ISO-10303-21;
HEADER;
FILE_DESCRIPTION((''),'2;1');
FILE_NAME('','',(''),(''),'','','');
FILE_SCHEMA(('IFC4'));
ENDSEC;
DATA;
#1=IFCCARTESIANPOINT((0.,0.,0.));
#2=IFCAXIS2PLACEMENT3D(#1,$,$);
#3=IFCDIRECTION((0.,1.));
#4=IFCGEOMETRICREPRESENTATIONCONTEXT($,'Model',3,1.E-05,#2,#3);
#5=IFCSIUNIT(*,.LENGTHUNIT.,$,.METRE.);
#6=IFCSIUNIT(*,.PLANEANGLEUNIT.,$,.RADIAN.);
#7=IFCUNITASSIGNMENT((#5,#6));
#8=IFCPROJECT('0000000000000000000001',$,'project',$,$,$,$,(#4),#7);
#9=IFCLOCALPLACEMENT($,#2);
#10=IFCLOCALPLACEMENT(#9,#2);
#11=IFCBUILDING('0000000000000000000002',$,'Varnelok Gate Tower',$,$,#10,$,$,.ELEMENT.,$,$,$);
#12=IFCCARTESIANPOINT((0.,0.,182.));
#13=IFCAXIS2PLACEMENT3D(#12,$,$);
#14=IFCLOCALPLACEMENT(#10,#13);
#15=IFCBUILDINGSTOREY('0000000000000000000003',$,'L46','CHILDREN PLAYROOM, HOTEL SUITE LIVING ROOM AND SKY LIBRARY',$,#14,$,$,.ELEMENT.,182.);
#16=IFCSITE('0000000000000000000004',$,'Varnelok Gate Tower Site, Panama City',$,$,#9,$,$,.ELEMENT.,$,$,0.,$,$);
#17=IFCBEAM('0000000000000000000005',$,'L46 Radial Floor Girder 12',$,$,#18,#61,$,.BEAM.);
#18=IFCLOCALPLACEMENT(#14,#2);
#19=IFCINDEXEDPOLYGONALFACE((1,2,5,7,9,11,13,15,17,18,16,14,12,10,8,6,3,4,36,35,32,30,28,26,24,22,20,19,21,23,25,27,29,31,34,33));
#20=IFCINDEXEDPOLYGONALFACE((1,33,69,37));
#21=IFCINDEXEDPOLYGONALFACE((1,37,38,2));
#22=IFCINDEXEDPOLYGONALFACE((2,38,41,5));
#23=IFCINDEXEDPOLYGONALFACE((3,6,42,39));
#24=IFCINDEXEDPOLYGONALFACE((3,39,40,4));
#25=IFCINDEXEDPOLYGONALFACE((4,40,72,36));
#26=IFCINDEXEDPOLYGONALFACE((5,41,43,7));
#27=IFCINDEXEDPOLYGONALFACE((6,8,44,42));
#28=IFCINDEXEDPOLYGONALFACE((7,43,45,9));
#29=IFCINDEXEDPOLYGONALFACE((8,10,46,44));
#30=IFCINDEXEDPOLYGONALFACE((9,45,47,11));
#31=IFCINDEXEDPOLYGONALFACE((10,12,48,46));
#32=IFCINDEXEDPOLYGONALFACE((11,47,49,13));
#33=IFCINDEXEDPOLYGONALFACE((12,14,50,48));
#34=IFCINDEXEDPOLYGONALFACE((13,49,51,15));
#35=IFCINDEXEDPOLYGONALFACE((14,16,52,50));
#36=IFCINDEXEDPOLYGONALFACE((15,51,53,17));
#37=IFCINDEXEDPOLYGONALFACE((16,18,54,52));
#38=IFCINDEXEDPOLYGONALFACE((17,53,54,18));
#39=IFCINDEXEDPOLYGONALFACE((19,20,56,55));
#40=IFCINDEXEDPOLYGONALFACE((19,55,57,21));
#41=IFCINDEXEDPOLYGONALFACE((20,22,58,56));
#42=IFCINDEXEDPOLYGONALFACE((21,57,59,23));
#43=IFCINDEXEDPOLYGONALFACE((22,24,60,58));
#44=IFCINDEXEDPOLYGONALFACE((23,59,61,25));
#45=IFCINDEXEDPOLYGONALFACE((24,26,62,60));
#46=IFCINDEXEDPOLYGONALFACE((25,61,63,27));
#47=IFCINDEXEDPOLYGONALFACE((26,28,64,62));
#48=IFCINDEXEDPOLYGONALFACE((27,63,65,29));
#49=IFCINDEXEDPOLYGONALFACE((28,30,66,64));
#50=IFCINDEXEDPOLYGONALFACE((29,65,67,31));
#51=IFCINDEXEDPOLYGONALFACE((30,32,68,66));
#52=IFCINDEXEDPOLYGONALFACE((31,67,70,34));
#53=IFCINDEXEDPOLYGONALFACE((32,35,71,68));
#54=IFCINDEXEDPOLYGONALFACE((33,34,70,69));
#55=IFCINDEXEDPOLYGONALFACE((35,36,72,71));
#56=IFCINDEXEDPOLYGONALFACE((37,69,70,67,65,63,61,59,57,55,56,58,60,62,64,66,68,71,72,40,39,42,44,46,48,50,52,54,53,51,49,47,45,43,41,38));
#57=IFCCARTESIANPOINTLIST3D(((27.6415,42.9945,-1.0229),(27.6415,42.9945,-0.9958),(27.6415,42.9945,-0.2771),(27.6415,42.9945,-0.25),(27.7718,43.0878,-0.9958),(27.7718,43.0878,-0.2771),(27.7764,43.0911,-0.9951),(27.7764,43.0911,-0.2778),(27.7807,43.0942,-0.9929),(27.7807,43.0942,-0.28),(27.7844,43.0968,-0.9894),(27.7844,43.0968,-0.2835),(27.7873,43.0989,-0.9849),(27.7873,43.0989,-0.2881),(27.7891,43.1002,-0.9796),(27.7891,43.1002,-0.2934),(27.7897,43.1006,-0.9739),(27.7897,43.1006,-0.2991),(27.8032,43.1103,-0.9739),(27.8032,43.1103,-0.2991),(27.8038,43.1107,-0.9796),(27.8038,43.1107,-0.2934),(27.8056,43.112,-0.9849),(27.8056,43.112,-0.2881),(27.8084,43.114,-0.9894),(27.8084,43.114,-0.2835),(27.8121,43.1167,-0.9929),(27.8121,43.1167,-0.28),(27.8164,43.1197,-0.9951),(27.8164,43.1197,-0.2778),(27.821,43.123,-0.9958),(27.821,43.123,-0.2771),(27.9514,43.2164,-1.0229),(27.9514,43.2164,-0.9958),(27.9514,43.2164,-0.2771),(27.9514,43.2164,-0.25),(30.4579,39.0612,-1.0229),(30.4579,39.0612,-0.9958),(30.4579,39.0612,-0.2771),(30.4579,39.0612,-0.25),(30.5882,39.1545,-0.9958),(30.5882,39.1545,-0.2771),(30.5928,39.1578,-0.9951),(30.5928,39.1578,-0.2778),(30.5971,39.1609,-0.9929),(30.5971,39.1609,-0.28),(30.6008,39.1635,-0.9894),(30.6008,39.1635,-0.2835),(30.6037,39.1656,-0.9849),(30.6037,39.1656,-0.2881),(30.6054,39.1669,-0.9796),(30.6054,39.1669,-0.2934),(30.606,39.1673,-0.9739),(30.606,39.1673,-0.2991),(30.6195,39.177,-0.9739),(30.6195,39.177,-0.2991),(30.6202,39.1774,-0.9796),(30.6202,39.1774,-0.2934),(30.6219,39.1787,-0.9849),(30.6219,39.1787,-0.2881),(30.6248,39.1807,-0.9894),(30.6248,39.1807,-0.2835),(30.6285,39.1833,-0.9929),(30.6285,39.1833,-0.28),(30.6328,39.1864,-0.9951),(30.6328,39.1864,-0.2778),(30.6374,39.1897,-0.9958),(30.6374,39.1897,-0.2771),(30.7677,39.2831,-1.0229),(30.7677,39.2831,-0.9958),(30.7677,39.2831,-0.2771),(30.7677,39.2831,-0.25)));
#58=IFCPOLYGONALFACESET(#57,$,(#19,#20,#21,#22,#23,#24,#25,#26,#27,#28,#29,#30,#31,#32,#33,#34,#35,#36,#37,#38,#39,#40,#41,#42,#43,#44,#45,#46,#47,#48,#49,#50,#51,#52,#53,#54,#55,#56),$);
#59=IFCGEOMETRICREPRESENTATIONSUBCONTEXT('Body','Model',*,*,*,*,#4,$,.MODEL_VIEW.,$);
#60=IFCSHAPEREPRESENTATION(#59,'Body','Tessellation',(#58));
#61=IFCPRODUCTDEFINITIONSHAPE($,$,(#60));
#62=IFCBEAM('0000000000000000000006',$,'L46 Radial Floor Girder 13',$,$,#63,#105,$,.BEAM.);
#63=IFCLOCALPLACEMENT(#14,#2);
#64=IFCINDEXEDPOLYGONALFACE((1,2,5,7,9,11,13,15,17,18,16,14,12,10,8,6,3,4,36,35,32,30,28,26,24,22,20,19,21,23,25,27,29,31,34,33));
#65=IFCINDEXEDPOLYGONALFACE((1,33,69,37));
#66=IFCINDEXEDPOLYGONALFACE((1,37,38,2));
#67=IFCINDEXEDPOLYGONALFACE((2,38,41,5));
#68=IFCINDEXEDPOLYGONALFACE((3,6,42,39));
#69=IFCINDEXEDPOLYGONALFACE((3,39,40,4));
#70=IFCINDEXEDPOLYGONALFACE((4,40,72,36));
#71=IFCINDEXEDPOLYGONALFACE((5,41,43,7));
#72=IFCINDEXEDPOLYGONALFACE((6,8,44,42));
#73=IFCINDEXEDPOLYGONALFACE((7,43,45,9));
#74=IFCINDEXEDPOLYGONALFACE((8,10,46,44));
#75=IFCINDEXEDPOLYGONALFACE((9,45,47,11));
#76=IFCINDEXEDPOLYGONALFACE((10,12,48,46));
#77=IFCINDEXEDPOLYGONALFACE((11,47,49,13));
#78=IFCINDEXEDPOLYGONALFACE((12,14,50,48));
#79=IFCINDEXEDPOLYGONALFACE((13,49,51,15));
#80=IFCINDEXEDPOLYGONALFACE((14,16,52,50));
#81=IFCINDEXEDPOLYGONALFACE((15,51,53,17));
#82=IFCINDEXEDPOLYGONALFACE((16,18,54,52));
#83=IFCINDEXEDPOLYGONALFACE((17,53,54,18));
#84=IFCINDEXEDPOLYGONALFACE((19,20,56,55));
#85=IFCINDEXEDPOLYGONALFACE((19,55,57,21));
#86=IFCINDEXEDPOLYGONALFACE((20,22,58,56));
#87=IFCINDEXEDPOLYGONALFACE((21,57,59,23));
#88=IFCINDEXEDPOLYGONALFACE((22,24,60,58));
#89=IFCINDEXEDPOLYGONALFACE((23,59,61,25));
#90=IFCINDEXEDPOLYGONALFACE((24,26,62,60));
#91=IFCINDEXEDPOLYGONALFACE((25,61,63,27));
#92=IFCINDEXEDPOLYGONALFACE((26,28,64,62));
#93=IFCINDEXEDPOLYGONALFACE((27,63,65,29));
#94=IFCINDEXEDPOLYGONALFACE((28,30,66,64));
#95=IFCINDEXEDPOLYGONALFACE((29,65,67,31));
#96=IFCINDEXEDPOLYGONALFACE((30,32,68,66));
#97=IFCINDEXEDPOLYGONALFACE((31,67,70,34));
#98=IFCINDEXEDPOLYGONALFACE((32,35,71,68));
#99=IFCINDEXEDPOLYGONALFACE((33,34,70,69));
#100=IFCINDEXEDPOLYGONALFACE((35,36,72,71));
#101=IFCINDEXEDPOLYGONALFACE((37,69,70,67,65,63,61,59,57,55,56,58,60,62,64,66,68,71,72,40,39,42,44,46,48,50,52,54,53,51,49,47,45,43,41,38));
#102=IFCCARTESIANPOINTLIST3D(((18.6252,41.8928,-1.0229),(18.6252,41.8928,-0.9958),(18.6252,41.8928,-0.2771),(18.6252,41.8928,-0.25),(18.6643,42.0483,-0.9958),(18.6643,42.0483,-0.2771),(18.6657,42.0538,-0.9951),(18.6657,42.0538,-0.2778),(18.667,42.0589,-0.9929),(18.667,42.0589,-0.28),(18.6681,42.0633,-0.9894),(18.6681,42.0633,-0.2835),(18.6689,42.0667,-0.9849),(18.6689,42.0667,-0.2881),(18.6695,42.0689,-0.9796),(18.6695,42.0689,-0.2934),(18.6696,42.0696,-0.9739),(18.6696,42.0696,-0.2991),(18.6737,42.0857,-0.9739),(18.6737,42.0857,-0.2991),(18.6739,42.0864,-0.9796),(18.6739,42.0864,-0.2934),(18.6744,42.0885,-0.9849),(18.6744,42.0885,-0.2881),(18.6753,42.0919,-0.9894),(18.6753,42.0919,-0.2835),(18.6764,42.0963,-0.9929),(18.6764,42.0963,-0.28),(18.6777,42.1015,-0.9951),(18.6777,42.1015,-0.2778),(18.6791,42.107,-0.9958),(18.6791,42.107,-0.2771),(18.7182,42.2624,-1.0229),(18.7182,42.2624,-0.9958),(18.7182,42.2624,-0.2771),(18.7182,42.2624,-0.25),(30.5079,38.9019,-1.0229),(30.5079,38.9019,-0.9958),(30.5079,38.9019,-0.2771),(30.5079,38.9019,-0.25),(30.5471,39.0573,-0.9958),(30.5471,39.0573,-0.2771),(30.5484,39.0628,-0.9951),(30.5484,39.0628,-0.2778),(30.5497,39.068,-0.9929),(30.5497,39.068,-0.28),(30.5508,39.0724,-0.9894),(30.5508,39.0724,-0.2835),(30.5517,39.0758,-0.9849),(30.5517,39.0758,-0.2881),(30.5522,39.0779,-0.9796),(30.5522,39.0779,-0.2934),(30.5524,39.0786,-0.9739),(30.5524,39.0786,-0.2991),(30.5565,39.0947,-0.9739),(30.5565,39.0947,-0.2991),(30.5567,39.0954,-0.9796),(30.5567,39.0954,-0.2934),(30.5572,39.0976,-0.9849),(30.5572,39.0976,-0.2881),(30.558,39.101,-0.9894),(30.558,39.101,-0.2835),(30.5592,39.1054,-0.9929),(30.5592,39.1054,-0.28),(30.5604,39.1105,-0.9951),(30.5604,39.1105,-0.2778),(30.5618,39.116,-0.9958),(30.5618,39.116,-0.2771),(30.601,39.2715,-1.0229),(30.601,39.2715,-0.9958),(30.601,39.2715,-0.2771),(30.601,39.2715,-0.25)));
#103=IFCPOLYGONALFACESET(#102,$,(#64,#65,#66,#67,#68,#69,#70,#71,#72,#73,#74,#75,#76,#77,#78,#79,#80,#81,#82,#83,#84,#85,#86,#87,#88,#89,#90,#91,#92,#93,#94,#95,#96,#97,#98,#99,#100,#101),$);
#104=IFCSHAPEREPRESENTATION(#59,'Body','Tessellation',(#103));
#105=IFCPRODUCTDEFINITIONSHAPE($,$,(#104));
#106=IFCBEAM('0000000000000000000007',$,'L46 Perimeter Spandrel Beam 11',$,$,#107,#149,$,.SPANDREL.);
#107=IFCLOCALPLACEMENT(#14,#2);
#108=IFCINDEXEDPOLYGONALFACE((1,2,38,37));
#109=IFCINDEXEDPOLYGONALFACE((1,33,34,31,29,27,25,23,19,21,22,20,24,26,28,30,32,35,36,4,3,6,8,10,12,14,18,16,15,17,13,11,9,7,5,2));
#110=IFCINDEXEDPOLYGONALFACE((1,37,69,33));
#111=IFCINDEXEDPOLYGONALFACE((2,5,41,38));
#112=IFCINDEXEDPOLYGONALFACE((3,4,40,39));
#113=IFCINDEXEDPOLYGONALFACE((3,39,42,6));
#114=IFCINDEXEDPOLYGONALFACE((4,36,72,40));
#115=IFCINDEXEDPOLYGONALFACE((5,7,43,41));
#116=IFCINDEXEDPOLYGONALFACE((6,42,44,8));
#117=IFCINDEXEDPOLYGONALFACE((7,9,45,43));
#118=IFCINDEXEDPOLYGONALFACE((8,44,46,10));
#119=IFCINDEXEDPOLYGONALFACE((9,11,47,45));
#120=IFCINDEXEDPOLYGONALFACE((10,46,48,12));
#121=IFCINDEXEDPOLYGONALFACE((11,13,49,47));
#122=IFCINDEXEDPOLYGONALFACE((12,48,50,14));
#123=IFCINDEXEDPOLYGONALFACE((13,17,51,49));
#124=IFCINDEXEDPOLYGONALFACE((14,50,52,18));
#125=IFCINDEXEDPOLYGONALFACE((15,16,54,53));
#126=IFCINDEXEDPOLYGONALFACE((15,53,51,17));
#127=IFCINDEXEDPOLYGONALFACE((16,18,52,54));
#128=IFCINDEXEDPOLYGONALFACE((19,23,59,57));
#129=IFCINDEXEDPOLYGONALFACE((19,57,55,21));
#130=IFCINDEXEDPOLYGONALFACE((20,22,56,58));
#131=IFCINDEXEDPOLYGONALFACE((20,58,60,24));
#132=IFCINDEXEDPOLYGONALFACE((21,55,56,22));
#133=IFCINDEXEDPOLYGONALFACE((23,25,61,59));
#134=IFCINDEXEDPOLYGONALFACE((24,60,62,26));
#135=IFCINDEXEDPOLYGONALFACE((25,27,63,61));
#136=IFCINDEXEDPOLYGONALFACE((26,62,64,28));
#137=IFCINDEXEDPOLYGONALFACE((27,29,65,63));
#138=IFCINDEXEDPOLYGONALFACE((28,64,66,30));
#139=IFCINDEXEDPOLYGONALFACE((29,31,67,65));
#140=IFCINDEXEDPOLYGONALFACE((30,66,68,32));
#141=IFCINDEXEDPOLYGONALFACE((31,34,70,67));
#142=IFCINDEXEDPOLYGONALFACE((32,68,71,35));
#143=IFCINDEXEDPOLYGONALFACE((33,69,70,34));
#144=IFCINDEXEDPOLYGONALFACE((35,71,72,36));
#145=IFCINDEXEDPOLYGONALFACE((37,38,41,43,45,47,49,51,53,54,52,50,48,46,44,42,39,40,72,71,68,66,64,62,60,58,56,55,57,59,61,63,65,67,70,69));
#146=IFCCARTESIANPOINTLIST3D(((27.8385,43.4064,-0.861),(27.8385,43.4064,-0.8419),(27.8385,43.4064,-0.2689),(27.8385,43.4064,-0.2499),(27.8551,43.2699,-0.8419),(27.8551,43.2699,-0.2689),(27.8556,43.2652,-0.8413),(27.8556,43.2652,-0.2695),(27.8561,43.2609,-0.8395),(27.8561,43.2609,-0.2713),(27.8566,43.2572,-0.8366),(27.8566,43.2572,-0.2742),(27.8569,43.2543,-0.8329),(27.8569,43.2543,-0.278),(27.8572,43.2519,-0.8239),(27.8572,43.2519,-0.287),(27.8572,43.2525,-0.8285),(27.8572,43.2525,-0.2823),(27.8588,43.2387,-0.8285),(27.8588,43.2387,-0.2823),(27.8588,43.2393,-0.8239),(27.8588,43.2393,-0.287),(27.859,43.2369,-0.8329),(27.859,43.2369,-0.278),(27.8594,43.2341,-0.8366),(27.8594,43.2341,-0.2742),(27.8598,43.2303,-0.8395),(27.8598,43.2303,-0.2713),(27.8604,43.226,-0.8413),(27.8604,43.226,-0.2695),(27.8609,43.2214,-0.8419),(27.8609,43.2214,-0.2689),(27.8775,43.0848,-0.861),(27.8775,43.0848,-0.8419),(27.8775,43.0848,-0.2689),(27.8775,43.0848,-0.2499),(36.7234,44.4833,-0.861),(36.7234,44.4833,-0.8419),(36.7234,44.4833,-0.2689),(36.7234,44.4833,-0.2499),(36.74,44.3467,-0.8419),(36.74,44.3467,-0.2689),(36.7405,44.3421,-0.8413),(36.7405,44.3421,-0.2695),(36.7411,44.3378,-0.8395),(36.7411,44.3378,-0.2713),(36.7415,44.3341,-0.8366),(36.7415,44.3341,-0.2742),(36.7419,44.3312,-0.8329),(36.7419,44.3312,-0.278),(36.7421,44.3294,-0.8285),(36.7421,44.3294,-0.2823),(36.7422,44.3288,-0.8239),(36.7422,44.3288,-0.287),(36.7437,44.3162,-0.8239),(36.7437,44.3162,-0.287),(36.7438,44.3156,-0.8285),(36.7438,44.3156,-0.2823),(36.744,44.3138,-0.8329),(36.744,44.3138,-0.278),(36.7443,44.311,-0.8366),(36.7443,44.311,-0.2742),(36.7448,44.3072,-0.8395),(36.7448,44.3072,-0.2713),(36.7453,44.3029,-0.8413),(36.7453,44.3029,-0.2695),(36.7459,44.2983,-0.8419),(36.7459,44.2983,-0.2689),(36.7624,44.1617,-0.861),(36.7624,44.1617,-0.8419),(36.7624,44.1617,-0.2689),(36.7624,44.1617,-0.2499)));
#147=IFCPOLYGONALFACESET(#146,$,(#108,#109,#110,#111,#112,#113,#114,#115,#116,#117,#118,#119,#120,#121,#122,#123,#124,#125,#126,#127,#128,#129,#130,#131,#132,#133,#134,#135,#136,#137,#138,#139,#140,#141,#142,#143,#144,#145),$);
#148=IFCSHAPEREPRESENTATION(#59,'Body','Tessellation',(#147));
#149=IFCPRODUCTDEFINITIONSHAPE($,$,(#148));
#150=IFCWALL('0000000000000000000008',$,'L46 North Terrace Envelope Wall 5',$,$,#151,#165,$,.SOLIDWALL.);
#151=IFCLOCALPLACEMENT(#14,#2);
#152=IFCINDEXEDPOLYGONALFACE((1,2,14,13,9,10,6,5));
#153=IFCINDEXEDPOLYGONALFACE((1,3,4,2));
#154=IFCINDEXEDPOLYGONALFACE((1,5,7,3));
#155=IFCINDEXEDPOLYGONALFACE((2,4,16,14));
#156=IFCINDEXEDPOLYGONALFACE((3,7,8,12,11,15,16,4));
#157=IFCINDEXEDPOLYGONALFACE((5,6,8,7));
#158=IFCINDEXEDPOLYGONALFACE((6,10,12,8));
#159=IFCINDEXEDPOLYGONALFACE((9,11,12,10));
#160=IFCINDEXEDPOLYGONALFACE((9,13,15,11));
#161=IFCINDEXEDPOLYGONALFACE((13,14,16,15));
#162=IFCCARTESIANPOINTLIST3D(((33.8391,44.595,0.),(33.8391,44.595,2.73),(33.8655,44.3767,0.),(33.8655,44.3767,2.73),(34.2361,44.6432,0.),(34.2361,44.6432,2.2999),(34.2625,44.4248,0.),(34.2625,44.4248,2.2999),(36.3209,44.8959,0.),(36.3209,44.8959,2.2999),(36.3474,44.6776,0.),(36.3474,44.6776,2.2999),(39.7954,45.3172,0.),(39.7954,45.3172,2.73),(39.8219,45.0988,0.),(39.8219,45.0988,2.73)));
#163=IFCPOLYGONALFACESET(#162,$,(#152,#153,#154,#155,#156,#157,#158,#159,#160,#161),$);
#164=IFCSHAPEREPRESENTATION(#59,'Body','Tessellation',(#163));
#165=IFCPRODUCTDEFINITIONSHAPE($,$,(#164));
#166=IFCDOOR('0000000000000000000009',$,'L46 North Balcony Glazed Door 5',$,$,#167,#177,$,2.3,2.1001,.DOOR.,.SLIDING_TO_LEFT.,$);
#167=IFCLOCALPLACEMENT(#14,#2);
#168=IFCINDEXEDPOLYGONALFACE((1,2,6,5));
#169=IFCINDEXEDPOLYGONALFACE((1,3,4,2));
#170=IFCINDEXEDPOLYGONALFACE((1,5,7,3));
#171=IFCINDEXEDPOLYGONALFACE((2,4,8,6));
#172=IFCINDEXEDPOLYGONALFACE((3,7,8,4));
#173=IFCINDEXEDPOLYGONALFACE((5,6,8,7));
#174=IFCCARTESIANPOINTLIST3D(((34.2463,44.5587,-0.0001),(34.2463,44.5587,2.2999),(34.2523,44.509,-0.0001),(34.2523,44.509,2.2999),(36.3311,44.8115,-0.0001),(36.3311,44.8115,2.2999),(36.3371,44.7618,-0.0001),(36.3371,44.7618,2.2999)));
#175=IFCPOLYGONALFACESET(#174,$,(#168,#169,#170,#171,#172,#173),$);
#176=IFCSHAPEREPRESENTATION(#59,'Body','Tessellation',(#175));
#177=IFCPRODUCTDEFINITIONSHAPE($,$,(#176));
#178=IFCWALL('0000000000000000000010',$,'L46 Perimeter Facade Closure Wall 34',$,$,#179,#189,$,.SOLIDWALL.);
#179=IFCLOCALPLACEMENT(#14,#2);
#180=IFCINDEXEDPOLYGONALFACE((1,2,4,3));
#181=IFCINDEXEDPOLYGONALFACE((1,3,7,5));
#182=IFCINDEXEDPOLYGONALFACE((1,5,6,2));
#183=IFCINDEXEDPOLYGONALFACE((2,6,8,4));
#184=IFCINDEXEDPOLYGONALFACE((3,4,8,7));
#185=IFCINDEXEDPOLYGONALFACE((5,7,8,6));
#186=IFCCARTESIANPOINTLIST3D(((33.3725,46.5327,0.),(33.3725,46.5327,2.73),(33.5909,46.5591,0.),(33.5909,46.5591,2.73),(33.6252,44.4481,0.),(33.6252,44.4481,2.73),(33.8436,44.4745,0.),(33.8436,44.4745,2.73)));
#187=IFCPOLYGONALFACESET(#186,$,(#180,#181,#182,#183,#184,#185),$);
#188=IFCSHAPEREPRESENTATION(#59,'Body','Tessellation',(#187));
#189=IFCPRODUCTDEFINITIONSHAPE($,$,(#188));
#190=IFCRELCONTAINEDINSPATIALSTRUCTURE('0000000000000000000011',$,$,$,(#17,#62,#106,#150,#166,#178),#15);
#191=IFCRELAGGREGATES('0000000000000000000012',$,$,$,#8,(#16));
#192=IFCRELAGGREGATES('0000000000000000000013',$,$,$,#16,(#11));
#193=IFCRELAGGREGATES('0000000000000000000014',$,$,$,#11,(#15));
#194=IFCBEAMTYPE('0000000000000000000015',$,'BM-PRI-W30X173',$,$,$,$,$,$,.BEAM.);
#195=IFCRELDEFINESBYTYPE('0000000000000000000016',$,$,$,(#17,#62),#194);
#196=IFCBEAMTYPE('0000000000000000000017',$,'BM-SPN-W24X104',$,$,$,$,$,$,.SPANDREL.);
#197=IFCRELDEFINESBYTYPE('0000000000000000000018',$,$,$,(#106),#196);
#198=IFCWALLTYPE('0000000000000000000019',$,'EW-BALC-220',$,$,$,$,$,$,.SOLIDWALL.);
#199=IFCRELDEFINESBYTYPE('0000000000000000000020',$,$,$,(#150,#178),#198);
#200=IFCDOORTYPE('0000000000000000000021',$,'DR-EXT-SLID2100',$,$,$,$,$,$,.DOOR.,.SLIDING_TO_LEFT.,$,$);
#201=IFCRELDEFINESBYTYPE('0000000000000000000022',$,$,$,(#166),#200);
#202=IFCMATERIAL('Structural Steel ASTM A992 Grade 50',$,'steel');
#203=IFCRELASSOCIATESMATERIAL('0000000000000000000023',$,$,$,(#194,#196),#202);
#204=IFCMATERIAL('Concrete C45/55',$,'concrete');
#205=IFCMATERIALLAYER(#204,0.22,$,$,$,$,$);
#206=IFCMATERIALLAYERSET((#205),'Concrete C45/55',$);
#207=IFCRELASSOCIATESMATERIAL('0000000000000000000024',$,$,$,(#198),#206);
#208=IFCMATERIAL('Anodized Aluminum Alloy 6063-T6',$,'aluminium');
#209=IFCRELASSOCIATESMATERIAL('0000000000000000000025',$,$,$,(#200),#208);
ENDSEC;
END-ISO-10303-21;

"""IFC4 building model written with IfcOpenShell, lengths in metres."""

from ifc_helpers import new_model, si_unit, direction, frame, frame_2d, origin, origin_2d, place, context, subcontext, project, spatial, rectangle, i_section, extrude, material, layer, layer_set, material_profile, profile_set, type_object, element, fill, save


model = new_model("IFC4")

# Units and contexts
model_context = context("Model", 3, precision=1e-05, world=origin(), true_north=direction((0.0, 1.0)))
body_context = subcontext(model_context, "Body", "Model", "MODEL_VIEW")
ifc_project = project(units=[si_unit("LENGTHUNIT", "METRE"), si_unit("PLANEANGLEUNIT", "RADIAN")], contexts=[model_context])

# Site, building, storey
site_placement = place(None, origin())
site = spatial("IfcSite", under=ifc_project, at=site_placement, Name="Varnelok Gate Tower Site, Panama City", CompositionType="ELEMENT", RefElevation=0.0)
building_placement = place(site_placement, origin())
building = spatial("IfcBuilding", under=site, at=building_placement, Name="Varnelok Gate Tower", CompositionType="ELEMENT")
storey_placement = place(building_placement, frame((0.0, 0.0, 182.0)))
storey = spatial("IfcBuildingStorey", under=building, at=storey_placement, Name="L46", Description="CHILDREN PLAYROOM, HOTEL SUITE LIVING ROOM AND SKY LIBRARY", CompositionType="ELEMENT", Elevation=182.0)

# Shared definitions
ifc_material_1 = material(Name="Structural Steel ASTM A992 Grade 50", Category="steel")

# Beams
ifc_material_profile_1 = material_profile(ifc_material_1, i_section(OverallWidth=0.3811, OverallDepth=0.7729, WebThickness=0.0166, FlangeThickness=0.0271, FilletRadius=0.022, at=origin_2d()), Name="W30X173")
ifc_profile_set_1 = profile_set([ifc_material_profile_1], Name="Structural Steel ASTM A992 Grade 50")
beam_type_1 = type_object("IfcBeamType", Name="BM-PRI-W30X173", PredefinedType="BEAM", material=ifc_profile_set_1)
beam_1_placement = place(storey_placement, frame((30.6128, 39.1721, -0.6365), z_axis=(-0.582178, 0.813061, 0.0), x_axis=(-0.813061, -0.582178, 0.0)))
element("IfcBeam", 1, at=beam_1_placement, inside=storey, type_object=beam_type_1, Name="L46 Radial Floor Girder 12", PredefinedType="BEAM", context=body_context, shape_type="SweptSolid", body=[
    extrude(i_section(OverallWidth=0.3811, OverallDepth=0.7729, WebThickness=0.0166, FlangeThickness=0.0271, FilletRadius=0.022, at=origin_2d()), origin(), (0.0, 0.0, 1.0), 4.8376),
])
beam_2_placement = place(storey_placement, frame((30.5544, 39.0867, -0.6365), z_axis=(-0.969752, 0.244092, 0.0), x_axis=(-0.244092, -0.969752, 0.0)))
element("IfcBeam", 2, at=beam_2_placement, inside=storey, type_object=beam_type_1, Name="L46 Radial Floor Girder 13", PredefinedType="BEAM", context=body_context, shape_type="SweptSolid", body=[
    extrude(i_section(OverallWidth=0.3811, OverallDepth=0.7729, WebThickness=0.0166, FlangeThickness=0.0271, FilletRadius=0.022, at=origin_2d()), origin(), (0.0, 0.0, 1.0), 12.2534),
])
ifc_material_profile_2 = material_profile(ifc_material_1, i_section(OverallWidth=0.324, OverallDepth=0.6111, WebThickness=0.0127, FlangeThickness=0.019, FilletRadius=0.0181, at=origin_2d()), Name="W24X104")
ifc_profile_set_2 = profile_set([ifc_material_profile_2], Name="Structural Steel ASTM A992 Grade 50")
beam_type_2 = type_object("IfcBeamType", Name="BM-SPN-W24X104", PredefinedType="SPANDREL", material=ifc_profile_set_2)
beam_3_placement = place(storey_placement, frame((36.7429, 44.3225, -0.5554), z_axis=(-0.992735, -0.120324, 0.0), x_axis=(0.120324, -0.992735, 0.0)))
element("IfcBeam", 3, at=beam_3_placement, inside=storey, type_object=beam_type_2, Name="L46 Perimeter Spandrel Beam 11", PredefinedType="SPANDREL", context=body_context, shape_type="SweptSolid", body=[
    extrude(i_section(OverallWidth=0.324, OverallDepth=0.6111, WebThickness=0.0127, FlangeThickness=0.019, FilletRadius=0.0181, at=origin_2d()), origin(), (0.0, 0.0, 1.0), 8.95),
])

# Wall, opening, door
ifc_material_2 = material(Name="Concrete C45/55", Category="concrete")
ifc_layer_1 = layer(ifc_material_2, 0.22)
ifc_layer_set_1 = layer_set([ifc_layer_1], Name="Concrete C45/55")
wall_type_1 = type_object("IfcWallType", Name="EW-BALC-220", PredefinedType="SOLIDWALL", material=ifc_layer_set_1)
wall_1_placement = place(storey_placement, frame((33.8523, 44.4858, 0.0), z_axis=(0.0, 0.0, 1.0), x_axis=(0.99273, 0.120363, 0.0)))
wall_1 = element("IfcWall", 4, at=wall_1_placement, inside=storey, type_object=wall_type_1, Name="L46 North Terrace Envelope Wall 5", PredefinedType="SOLIDWALL", context=body_context, shape_type="SweptSolid", body=[
    extrude(rectangle(XDim=6.0, YDim=0.22, at=frame_2d((3.0, 0.0))), origin(), (0.0, 0.0, 1.0), 2.73),
])
opening_1_placement = place(wall_1_placement, frame((0.3999, 0.0, 0.0)))
opening_1 = element("IfcOpeningElement", 5, at=opening_1_placement, cuts=wall_1, PredefinedType="OPENING", context=body_context, shape_type="SweptSolid", body=[
    extrude(rectangle(XDim=2.1001, YDim=2.3, at=frame_2d((1.05, 1.1499))), frame((0.0, 0.1199, 0.0), z_axis=(0.0, -1.0, 0.0), x_axis=(1.0, 0.0, 0.0)), (0.0, 0.0, 1.0), 0.24),
])
ifc_material_3 = material(Name="Anodized Aluminum Alloy 6063-T6", Category="aluminium")
door_type_1 = type_object("IfcDoorType", Name="DR-EXT-SLID2100", OperationType="SLIDING_TO_LEFT", PredefinedType="DOOR", material=ifc_material_3)
door_1_placement = place(opening_1_placement, origin())
door_1 = element("IfcDoor", 6, at=door_1_placement, inside=storey, type_object=door_type_1, Name="L46 North Balcony Glazed Door 5", OperationType="SLIDING_TO_LEFT", OverallHeight=2.3, OverallWidth=2.1001, PredefinedType="DOOR", context=body_context, shape_type="SweptSolid", body=[
    extrude(rectangle(XDim=2.1001, YDim=2.3, at=frame_2d((1.05, 1.1499))), frame((0.0, 0.0249, 0.0), z_axis=(0.0, -1.0, 0.0), x_axis=(1.0, 0.0, 0.0)), (0.0, 0.0, 1.0), 0.05),
])
fill(opening_1, door_1)

# Wall
wall_2_placement = place(storey_placement, frame((33.7344, 44.4614, 0.0), z_axis=(0.0, 0.0, 1.0), x_axis=(-0.120328, 0.992734, 0.0)))
element("IfcWall", 7, at=wall_2_placement, inside=storey, type_object=wall_type_1, Name="L46 Perimeter Facade Closure Wall 34", PredefinedType="SOLIDWALL", context=body_context, shape_type="SweptSolid", body=[
    extrude(rectangle(XDim=2.0999, YDim=0.22, at=frame_2d((1.0498, 0.0))), origin(), (0.0, 0.0, 1.0), 2.73),
])

save(model, "model.ifc")
